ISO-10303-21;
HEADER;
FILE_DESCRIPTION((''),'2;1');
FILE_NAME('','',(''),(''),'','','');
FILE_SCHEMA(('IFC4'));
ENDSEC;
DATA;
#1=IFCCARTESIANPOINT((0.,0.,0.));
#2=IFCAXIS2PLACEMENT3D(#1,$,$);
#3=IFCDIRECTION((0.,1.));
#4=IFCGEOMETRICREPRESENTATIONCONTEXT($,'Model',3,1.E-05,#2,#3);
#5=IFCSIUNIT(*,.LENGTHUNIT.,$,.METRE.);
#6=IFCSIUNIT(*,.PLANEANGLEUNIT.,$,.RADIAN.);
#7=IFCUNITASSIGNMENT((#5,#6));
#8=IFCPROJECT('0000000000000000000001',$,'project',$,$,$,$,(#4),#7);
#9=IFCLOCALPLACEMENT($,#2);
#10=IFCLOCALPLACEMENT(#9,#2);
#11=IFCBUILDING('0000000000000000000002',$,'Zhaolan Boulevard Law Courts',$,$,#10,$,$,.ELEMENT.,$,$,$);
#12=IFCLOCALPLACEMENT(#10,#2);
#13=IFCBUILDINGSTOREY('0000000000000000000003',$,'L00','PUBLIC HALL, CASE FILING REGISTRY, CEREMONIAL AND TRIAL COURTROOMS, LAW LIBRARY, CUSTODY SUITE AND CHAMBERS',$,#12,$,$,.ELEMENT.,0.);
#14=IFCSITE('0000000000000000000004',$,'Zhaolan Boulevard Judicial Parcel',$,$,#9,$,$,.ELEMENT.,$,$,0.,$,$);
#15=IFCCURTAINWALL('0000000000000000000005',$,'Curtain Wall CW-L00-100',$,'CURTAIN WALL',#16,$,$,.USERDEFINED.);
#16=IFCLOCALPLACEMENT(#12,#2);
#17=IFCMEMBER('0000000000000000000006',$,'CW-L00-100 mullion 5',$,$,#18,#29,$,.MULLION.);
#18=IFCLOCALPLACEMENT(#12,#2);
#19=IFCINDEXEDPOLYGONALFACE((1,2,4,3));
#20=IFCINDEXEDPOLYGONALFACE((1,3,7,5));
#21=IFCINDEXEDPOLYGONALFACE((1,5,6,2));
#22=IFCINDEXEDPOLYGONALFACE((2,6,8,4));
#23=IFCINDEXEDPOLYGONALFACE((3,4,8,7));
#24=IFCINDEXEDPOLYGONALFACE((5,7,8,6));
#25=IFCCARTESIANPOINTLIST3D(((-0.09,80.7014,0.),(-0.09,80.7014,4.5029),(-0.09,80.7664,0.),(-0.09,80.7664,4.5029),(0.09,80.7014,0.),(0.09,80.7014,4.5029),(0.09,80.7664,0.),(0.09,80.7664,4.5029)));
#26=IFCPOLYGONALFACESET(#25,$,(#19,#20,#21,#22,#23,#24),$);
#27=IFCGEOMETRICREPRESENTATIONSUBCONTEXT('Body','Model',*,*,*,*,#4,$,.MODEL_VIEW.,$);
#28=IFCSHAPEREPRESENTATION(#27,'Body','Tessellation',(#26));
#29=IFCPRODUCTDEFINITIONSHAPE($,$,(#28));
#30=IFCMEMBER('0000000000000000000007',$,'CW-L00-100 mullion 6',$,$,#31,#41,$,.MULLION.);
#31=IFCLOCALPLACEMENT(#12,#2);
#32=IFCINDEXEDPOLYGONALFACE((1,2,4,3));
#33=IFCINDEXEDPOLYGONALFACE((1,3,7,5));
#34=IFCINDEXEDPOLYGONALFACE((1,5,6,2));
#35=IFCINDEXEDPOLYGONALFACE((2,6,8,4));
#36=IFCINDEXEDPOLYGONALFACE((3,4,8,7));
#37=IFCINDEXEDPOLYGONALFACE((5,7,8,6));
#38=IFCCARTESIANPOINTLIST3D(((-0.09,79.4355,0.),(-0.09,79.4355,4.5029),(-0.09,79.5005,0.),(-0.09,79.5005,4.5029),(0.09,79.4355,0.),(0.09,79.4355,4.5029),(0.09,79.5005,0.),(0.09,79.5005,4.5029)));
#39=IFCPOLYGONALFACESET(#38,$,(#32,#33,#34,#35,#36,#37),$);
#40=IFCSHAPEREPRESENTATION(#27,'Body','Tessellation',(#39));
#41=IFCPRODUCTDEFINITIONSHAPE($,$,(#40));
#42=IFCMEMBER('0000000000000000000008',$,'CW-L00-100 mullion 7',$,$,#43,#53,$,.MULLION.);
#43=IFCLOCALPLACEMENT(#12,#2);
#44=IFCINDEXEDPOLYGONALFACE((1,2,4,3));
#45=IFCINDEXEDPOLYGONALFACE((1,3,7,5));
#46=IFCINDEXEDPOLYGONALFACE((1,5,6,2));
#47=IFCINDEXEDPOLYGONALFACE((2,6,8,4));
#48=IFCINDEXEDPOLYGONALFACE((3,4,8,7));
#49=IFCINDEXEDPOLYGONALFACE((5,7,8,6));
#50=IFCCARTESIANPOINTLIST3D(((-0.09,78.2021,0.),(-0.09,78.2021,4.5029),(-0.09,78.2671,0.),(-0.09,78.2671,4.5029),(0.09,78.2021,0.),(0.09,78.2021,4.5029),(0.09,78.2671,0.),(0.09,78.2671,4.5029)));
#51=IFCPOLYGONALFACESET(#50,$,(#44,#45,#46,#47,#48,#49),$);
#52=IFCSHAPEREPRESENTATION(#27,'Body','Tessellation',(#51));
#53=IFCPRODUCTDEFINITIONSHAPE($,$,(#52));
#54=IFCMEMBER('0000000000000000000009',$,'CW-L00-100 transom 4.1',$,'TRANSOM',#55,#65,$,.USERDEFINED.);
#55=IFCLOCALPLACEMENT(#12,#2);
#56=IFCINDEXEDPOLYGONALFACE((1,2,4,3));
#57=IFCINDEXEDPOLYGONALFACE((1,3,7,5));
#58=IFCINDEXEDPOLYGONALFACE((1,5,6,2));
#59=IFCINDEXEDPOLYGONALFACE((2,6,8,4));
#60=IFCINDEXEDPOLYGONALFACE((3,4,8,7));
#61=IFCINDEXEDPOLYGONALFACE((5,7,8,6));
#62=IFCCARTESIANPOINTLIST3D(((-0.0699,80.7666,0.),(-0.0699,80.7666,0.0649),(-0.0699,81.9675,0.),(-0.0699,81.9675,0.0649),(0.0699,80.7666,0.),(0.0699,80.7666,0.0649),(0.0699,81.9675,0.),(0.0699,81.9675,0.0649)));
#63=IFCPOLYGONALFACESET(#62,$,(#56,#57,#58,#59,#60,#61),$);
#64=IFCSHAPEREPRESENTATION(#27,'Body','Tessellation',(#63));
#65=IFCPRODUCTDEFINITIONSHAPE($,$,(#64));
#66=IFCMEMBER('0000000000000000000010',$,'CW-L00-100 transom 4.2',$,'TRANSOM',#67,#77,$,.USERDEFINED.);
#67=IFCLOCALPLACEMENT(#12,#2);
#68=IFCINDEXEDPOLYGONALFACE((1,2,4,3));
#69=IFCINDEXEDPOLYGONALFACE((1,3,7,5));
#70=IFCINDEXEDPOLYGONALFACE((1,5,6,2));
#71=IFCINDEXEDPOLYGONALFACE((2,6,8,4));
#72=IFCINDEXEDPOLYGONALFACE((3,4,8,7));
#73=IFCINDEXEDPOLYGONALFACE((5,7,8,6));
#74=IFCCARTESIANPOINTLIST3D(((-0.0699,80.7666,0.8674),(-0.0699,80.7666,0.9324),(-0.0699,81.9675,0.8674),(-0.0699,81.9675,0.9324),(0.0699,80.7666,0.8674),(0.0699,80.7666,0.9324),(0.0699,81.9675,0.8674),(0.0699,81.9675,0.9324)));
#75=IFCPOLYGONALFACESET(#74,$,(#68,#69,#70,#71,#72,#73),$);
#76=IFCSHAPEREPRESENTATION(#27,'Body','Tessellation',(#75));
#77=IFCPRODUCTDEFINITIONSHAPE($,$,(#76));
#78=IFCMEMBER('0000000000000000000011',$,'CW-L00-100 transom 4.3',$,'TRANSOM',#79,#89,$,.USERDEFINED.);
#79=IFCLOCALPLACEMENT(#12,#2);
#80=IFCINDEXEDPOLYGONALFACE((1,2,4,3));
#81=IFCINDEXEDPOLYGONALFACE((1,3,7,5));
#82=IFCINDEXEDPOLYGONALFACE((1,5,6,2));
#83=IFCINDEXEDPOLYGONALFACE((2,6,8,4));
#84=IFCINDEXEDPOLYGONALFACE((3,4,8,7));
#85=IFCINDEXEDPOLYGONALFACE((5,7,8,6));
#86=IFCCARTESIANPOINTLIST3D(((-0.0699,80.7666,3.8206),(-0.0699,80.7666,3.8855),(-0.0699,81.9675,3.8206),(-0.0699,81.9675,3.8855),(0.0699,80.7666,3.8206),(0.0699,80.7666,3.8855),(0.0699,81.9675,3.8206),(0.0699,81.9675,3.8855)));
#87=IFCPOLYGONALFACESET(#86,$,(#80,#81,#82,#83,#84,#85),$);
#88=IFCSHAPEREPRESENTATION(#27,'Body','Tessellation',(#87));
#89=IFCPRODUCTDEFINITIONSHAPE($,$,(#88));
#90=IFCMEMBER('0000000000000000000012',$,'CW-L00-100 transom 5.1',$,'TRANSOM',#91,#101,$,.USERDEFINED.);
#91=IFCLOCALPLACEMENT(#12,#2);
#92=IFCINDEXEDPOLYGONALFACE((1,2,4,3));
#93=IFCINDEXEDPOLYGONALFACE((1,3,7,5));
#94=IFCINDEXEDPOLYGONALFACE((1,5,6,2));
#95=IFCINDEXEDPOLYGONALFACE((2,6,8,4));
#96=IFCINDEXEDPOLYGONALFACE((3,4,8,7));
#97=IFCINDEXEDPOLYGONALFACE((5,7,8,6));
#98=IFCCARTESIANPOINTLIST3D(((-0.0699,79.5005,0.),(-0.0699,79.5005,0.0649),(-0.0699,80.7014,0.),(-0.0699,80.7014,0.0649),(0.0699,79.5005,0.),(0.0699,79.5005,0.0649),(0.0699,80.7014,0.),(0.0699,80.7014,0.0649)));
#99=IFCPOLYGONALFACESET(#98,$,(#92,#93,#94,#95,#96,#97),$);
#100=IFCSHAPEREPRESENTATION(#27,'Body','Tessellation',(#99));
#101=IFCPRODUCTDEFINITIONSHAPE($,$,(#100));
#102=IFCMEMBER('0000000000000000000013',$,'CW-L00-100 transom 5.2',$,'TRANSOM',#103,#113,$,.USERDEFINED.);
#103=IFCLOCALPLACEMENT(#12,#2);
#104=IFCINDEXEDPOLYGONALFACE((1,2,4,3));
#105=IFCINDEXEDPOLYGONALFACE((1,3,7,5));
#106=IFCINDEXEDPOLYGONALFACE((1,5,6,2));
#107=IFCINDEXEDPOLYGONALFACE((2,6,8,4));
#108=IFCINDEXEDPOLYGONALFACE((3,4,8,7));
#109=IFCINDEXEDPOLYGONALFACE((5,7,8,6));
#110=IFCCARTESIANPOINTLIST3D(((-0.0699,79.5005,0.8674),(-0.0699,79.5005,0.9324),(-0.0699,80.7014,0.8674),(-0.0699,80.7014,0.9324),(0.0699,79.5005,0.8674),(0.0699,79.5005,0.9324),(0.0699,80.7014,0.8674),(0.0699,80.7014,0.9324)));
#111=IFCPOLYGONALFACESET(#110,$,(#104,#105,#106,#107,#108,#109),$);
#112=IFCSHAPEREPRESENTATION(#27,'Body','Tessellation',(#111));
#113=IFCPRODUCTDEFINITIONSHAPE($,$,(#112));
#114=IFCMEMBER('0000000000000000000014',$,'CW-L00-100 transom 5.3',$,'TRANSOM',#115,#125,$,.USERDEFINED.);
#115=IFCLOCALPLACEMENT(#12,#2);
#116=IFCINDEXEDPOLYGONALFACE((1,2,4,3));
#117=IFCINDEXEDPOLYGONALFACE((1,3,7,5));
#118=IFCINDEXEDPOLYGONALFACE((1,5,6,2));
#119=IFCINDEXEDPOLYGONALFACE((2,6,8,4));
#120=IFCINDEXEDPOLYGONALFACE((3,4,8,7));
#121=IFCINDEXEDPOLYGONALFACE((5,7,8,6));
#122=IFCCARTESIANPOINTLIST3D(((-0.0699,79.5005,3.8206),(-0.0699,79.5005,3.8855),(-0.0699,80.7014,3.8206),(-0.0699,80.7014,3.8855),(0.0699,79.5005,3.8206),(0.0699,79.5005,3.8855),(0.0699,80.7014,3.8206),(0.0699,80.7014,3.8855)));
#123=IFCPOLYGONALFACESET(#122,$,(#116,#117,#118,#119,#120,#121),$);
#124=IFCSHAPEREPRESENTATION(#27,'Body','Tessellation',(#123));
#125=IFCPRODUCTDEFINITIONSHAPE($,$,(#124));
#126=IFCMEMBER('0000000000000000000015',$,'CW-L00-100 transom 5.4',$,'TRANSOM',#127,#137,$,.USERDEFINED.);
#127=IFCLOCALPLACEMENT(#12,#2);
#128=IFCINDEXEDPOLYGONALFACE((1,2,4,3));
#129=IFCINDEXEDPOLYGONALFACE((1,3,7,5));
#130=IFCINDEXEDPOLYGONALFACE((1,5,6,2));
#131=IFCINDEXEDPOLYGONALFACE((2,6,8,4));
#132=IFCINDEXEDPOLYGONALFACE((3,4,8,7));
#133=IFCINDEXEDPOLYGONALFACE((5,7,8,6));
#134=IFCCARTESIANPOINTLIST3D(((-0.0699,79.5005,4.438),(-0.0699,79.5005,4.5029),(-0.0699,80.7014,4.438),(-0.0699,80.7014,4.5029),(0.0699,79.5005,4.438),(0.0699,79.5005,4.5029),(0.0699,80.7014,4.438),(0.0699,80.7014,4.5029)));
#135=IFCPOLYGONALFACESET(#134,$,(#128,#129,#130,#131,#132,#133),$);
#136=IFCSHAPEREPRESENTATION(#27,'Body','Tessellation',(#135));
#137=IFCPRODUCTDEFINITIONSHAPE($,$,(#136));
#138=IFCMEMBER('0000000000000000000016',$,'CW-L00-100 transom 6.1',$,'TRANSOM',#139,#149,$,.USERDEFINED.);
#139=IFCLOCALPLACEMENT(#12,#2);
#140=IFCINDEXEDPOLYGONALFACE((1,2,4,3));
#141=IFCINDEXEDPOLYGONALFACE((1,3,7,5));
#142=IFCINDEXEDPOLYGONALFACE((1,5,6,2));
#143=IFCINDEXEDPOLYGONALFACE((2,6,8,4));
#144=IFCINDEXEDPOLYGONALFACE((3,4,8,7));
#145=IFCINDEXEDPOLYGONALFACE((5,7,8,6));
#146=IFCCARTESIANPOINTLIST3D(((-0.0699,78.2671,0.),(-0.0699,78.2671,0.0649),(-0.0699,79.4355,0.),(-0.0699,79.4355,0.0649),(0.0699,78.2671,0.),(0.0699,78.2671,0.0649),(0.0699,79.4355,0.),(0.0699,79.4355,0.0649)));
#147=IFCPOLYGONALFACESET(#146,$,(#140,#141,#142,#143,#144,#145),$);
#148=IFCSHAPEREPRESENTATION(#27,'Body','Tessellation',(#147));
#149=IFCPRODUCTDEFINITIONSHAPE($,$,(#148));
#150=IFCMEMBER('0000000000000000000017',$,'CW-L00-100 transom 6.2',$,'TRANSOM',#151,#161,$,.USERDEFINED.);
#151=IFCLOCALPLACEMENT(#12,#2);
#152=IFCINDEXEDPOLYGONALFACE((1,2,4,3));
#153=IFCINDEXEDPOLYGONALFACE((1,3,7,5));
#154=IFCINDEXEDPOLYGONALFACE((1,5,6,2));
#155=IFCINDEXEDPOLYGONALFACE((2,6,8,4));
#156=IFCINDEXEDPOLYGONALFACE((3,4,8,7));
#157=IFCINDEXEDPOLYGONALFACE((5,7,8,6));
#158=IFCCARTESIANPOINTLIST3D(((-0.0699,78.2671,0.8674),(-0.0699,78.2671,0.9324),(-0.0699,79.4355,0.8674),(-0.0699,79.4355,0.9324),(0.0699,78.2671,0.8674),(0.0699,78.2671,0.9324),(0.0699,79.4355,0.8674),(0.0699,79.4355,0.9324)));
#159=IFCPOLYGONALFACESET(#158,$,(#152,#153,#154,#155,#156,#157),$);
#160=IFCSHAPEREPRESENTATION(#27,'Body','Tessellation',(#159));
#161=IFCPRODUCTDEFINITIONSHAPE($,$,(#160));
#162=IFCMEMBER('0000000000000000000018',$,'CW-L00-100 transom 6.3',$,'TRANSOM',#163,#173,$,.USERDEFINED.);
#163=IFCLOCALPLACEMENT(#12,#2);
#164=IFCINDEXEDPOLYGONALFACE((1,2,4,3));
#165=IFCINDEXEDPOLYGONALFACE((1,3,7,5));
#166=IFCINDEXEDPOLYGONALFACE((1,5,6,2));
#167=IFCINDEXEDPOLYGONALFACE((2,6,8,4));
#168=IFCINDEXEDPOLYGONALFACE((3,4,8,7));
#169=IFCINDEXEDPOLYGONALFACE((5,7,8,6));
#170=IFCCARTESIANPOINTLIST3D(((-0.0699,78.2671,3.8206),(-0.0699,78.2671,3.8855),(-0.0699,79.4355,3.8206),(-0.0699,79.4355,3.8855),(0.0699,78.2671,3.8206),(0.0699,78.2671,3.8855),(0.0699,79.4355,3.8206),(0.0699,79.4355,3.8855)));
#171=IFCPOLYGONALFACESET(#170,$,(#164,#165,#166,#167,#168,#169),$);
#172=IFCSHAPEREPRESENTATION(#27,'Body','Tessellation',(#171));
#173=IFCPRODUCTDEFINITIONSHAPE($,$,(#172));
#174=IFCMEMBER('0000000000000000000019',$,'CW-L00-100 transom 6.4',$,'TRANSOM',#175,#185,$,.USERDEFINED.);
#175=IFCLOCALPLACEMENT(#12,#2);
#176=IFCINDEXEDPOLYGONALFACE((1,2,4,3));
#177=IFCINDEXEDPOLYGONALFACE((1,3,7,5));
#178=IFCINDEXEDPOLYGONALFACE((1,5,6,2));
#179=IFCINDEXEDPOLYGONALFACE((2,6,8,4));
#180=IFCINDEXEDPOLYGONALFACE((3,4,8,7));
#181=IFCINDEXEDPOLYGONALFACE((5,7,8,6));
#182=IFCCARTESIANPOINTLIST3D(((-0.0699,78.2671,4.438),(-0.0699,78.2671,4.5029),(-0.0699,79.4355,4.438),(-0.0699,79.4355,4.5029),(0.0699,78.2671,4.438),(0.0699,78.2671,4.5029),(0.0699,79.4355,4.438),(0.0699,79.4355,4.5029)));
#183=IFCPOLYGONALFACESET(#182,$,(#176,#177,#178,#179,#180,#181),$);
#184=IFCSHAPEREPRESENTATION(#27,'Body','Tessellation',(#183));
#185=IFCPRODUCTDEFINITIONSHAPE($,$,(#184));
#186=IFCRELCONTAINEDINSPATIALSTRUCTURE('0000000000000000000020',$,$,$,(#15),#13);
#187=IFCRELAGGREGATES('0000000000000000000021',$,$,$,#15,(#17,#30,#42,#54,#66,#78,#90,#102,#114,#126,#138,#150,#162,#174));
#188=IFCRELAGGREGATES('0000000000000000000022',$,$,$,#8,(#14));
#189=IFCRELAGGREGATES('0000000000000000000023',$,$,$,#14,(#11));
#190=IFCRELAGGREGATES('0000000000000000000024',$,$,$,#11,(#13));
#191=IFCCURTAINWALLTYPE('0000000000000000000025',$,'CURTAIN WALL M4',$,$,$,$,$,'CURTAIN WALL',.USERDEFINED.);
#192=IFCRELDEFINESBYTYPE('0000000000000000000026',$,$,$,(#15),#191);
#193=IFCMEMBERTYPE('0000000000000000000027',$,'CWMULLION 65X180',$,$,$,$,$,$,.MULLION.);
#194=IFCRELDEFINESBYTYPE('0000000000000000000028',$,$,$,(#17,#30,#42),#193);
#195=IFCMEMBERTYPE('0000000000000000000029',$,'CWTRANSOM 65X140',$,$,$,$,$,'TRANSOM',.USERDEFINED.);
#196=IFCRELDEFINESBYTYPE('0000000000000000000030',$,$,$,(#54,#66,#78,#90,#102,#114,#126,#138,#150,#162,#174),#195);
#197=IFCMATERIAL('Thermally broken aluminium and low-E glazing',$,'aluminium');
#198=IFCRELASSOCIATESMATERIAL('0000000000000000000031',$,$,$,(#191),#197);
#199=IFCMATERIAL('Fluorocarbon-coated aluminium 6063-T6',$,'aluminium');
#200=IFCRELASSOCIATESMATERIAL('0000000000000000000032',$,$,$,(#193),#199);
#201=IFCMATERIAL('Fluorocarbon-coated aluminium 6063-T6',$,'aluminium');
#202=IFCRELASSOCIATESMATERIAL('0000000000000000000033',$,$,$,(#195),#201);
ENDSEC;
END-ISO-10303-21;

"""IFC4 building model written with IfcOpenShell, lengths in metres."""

from ifc_helpers import new_model, si_unit, direction, frame, origin, origin_2d, place, context, subcontext, project, spatial, rectangle, extrude, material, material_profile, profile_set, type_object, element, aggregate, save


model = new_model("IFC4")

# Units and contexts
model_context = context("Model", 3, precision=1e-05, world=origin(), true_north=direction((0.0, 1.0)))
body_context = subcontext(model_context, "Body", "Model", "MODEL_VIEW")
ifc_project = project(units=[si_unit("LENGTHUNIT", "METRE"), si_unit("PLANEANGLEUNIT", "RADIAN")], contexts=[model_context])

# Site, building, storey
site_placement = place(None, origin())
site = spatial("IfcSite", under=ifc_project, at=site_placement, Name="Zhaolan Boulevard Judicial Parcel", CompositionType="ELEMENT", RefElevation=0.0)
building_placement = place(site_placement, origin())
building = spatial("IfcBuilding", under=site, at=building_placement, Name="Zhaolan Boulevard Law Courts", CompositionType="ELEMENT")
storey_placement = place(building_placement, origin())
storey = spatial("IfcBuildingStorey", under=building, at=storey_placement, Name="L00", Description="PUBLIC HALL, CASE FILING REGISTRY, CEREMONIAL AND TRIAL COURTROOMS, LAW LIBRARY, CUSTODY SUITE AND CHAMBERS", CompositionType="ELEMENT", Elevation=0.0)

# Curtain wall, members
ifc_material_1 = material(Name="Thermally broken aluminium and low-E glazing", Category="aluminium")
curtain_wall_type = type_object("IfcCurtainWallType", Name="CURTAIN WALL M4", ElementType="CURTAIN WALL", PredefinedType="USERDEFINED", material=ifc_material_1)
curtain_wall_placement = place(storey_placement, origin())
curtain_wall = element("IfcCurtainWall", 1, at=curtain_wall_placement, inside=storey, type_object=curtain_wall_type, Name="Curtain Wall CW-L00-100", ObjectType="CURTAIN WALL", PredefinedType="USERDEFINED")
ifc_material_2 = material(Name="Fluorocarbon-coated aluminium 6063-T6", Category="aluminium")
ifc_material_profile_1 = material_profile(ifc_material_2, rectangle(XDim=0.1799, YDim=0.0649, at=origin_2d()), Name="AL65x180")
ifc_profile_set_1 = profile_set([ifc_material_profile_1], Name="Fluorocarbon-coated aluminium 6063-T6")
member_type_1 = type_object("IfcMemberType", Name="CWMULLION 65X180", PredefinedType="MULLION", material=ifc_profile_set_1)
member_1_placement = place(storey_placement, frame((0.0, 80.7339, 0.0), z_axis=(0.0, 0.0, 1.0), x_axis=(1.0, 0.0, 0.0)))
member_1 = element("IfcMember", 2, at=member_1_placement, type_object=member_type_1, Name="CW-L00-100 mullion 5", PredefinedType="MULLION", context=body_context, shape_type="SweptSolid", body=[
    extrude(rectangle(XDim=0.1799, YDim=0.0649, at=origin_2d()), origin(), (0.0, 0.0, 1.0), 4.5029),
])
member_2_placement = place(storey_placement, frame((0.0, 79.468, 0.0), z_axis=(0.0, 0.0, 1.0), x_axis=(1.0, 0.0, 0.0)))
member_2 = element("IfcMember", 3, at=member_2_placement, type_object=member_type_1, Name="CW-L00-100 mullion 6", PredefinedType="MULLION", context=body_context, shape_type="SweptSolid", body=[
    extrude(rectangle(XDim=0.1799, YDim=0.0649, at=origin_2d()), origin(), (0.0, 0.0, 1.0), 4.5029),
])
member_3_placement = place(storey_placement, frame((0.0, 78.2346, 0.0), z_axis=(0.0, 0.0, 1.0), x_axis=(1.0, 0.0, 0.0)))
member_3 = element("IfcMember", 4, at=member_3_placement, type_object=member_type_1, Name="CW-L00-100 mullion 7", PredefinedType="MULLION", context=body_context, shape_type="SweptSolid", body=[
    extrude(rectangle(XDim=0.1799, YDim=0.0649, at=origin_2d()), origin(), (0.0, 0.0, 1.0), 4.5029),
])
ifc_material_3 = material(Name="Fluorocarbon-coated aluminium 6063-T6", Category="aluminium")
ifc_material_profile_2 = material_profile(ifc_material_3, rectangle(XDim=0.1399, YDim=0.0649, at=origin_2d()), Name="AL65x140")
ifc_profile_set_2 = profile_set([ifc_material_profile_2], Name="Fluorocarbon-coated aluminium 6063-T6")
member_type_2 = type_object("IfcMemberType", Name="CWTRANSOM 65X140", ElementType="TRANSOM", PredefinedType="USERDEFINED", material=ifc_profile_set_2)
member_4_placement = place(storey_placement, frame((0.0, 81.9675, 0.0325), z_axis=(0.0, -1.0, 0.0), x_axis=(1.0, 0.0, 0.0)))
member_4 = element("IfcMember", 5, at=member_4_placement, type_object=member_type_2, Name="CW-L00-100 transom 4.1", ObjectType="TRANSOM", PredefinedType="USERDEFINED", context=body_context, shape_type="SweptSolid", body=[
    extrude(rectangle(XDim=0.1399, YDim=0.0649, at=origin_2d()), origin(), (0.0, 0.0, 1.0), 1.2009),
])
member_5_placement = place(storey_placement, frame((0.0, 81.9675, 0.8999), z_axis=(0.0, -1.0, 0.0), x_axis=(1.0, 0.0, 0.0)))
member_5 = element("IfcMember", 6, at=member_5_placement, type_object=member_type_2, Name="CW-L00-100 transom 4.2", ObjectType="TRANSOM", PredefinedType="USERDEFINED", context=body_context, shape_type="SweptSolid", body=[
    extrude(rectangle(XDim=0.1399, YDim=0.0649, at=origin_2d()), origin(), (0.0, 0.0, 1.0), 1.2009),
])
member_6_placement = place(storey_placement, frame((0.0, 81.9675, 3.853), z_axis=(0.0, -1.0, 0.0), x_axis=(1.0, 0.0, 0.0)))
member_6 = element("IfcMember", 7, at=member_6_placement, type_object=member_type_2, Name="CW-L00-100 transom 4.3", ObjectType="TRANSOM", PredefinedType="USERDEFINED", context=body_context, shape_type="SweptSolid", body=[
    extrude(rectangle(XDim=0.1399, YDim=0.0649, at=origin_2d()), origin(), (0.0, 0.0, 1.0), 1.2009),
])
member_7_placement = place(storey_placement, frame((0.0, 80.7014, 0.0325), z_axis=(0.0, -1.0, 0.0), x_axis=(1.0, 0.0, 0.0)))
member_7 = element("IfcMember", 8, at=member_7_placement, type_object=member_type_2, Name="CW-L00-100 transom 5.1", ObjectType="TRANSOM", PredefinedType="USERDEFINED", context=body_context, shape_type="SweptSolid", body=[
    extrude(rectangle(XDim=0.1399, YDim=0.0649, at=origin_2d()), origin(), (0.0, 0.0, 1.0), 1.2009),
])
member_8_placement = place(storey_placement, frame((0.0, 80.7014, 0.8999), z_axis=(0.0, -1.0, 0.0), x_axis=(1.0, 0.0, 0.0)))
member_8 = element("IfcMember", 9, at=member_8_placement, type_object=member_type_2, Name="CW-L00-100 transom 5.2", ObjectType="TRANSOM", PredefinedType="USERDEFINED", context=body_context, shape_type="SweptSolid", body=[
    extrude(rectangle(XDim=0.1399, YDim=0.0649, at=origin_2d()), origin(), (0.0, 0.0, 1.0), 1.2009),
])
member_9_placement = place(storey_placement, frame((0.0, 80.7014, 3.853), z_axis=(0.0, -1.0, 0.0), x_axis=(1.0, 0.0, 0.0)))
member_9 = element("IfcMember", 10, at=member_9_placement, type_object=member_type_2, Name="CW-L00-100 transom 5.3", ObjectType="TRANSOM", PredefinedType="USERDEFINED", context=body_context, shape_type="SweptSolid", body=[
    extrude(rectangle(XDim=0.1399, YDim=0.0649, at=origin_2d()), origin(), (0.0, 0.0, 1.0), 1.2009),
])
member_10_placement = place(storey_placement, frame((0.0, 80.7014, 4.4705), z_axis=(0.0, -1.0, 0.0), x_axis=(1.0, 0.0, 0.0)))
member_10 = element("IfcMember", 11, at=member_10_placement, type_object=member_type_2, Name="CW-L00-100 transom 5.4", ObjectType="TRANSOM", PredefinedType="USERDEFINED", context=body_context, shape_type="SweptSolid", body=[
    extrude(rectangle(XDim=0.1399, YDim=0.0649, at=origin_2d()), origin(), (0.0, 0.0, 1.0), 1.2009),
])
member_11_placement = place(storey_placement, frame((0.0, 79.4355, 0.0325), z_axis=(0.0, -1.0, 0.0), x_axis=(1.0, 0.0, 0.0)))
member_11 = element("IfcMember", 12, at=member_11_placement, type_object=member_type_2, Name="CW-L00-100 transom 6.1", ObjectType="TRANSOM", PredefinedType="USERDEFINED", context=body_context, shape_type="SweptSolid", body=[
    extrude(rectangle(XDim=0.1399, YDim=0.0649, at=origin_2d()), origin(), (0.0, 0.0, 1.0), 1.1685),
])
member_12_placement = place(storey_placement, frame((0.0, 79.4355, 0.8999), z_axis=(0.0, -1.0, 0.0), x_axis=(1.0, 0.0, 0.0)))
member_12 = element("IfcMember", 13, at=member_12_placement, type_object=member_type_2, Name="CW-L00-100 transom 6.2", ObjectType="TRANSOM", PredefinedType="USERDEFINED", context=body_context, shape_type="SweptSolid", body=[
    extrude(rectangle(XDim=0.1399, YDim=0.0649, at=origin_2d()), origin(), (0.0, 0.0, 1.0), 1.1685),
])
member_13_placement = place(storey_placement, frame((0.0, 79.4355, 3.853), z_axis=(0.0, -1.0, 0.0), x_axis=(1.0, 0.0, 0.0)))
member_13 = element("IfcMember", 14, at=member_13_placement, type_object=member_type_2, Name="CW-L00-100 transom 6.3", ObjectType="TRANSOM", PredefinedType="USERDEFINED", context=body_context, shape_type="SweptSolid", body=[
    extrude(rectangle(XDim=0.1399, YDim=0.0649, at=origin_2d()), origin(), (0.0, 0.0, 1.0), 1.1685),
])
member_14_placement = place(storey_placement, frame((0.0, 79.4355, 4.4705), z_axis=(0.0, -1.0, 0.0), x_axis=(1.0, 0.0, 0.0)))
member_14 = element("IfcMember", 15, at=member_14_placement, type_object=member_type_2, Name="CW-L00-100 transom 6.4", ObjectType="TRANSOM", PredefinedType="USERDEFINED", context=body_context, shape_type="SweptSolid", body=[
    extrude(rectangle(XDim=0.1399, YDim=0.0649, at=origin_2d()), origin(), (0.0, 0.0, 1.0), 1.1685),
])

aggregate(curtain_wall, [member_1, member_2, member_3, member_4, member_5, member_6, member_7, member_8, member_9, member_10, member_11, member_12, member_13, member_14])

save(model, "model.ifc")
